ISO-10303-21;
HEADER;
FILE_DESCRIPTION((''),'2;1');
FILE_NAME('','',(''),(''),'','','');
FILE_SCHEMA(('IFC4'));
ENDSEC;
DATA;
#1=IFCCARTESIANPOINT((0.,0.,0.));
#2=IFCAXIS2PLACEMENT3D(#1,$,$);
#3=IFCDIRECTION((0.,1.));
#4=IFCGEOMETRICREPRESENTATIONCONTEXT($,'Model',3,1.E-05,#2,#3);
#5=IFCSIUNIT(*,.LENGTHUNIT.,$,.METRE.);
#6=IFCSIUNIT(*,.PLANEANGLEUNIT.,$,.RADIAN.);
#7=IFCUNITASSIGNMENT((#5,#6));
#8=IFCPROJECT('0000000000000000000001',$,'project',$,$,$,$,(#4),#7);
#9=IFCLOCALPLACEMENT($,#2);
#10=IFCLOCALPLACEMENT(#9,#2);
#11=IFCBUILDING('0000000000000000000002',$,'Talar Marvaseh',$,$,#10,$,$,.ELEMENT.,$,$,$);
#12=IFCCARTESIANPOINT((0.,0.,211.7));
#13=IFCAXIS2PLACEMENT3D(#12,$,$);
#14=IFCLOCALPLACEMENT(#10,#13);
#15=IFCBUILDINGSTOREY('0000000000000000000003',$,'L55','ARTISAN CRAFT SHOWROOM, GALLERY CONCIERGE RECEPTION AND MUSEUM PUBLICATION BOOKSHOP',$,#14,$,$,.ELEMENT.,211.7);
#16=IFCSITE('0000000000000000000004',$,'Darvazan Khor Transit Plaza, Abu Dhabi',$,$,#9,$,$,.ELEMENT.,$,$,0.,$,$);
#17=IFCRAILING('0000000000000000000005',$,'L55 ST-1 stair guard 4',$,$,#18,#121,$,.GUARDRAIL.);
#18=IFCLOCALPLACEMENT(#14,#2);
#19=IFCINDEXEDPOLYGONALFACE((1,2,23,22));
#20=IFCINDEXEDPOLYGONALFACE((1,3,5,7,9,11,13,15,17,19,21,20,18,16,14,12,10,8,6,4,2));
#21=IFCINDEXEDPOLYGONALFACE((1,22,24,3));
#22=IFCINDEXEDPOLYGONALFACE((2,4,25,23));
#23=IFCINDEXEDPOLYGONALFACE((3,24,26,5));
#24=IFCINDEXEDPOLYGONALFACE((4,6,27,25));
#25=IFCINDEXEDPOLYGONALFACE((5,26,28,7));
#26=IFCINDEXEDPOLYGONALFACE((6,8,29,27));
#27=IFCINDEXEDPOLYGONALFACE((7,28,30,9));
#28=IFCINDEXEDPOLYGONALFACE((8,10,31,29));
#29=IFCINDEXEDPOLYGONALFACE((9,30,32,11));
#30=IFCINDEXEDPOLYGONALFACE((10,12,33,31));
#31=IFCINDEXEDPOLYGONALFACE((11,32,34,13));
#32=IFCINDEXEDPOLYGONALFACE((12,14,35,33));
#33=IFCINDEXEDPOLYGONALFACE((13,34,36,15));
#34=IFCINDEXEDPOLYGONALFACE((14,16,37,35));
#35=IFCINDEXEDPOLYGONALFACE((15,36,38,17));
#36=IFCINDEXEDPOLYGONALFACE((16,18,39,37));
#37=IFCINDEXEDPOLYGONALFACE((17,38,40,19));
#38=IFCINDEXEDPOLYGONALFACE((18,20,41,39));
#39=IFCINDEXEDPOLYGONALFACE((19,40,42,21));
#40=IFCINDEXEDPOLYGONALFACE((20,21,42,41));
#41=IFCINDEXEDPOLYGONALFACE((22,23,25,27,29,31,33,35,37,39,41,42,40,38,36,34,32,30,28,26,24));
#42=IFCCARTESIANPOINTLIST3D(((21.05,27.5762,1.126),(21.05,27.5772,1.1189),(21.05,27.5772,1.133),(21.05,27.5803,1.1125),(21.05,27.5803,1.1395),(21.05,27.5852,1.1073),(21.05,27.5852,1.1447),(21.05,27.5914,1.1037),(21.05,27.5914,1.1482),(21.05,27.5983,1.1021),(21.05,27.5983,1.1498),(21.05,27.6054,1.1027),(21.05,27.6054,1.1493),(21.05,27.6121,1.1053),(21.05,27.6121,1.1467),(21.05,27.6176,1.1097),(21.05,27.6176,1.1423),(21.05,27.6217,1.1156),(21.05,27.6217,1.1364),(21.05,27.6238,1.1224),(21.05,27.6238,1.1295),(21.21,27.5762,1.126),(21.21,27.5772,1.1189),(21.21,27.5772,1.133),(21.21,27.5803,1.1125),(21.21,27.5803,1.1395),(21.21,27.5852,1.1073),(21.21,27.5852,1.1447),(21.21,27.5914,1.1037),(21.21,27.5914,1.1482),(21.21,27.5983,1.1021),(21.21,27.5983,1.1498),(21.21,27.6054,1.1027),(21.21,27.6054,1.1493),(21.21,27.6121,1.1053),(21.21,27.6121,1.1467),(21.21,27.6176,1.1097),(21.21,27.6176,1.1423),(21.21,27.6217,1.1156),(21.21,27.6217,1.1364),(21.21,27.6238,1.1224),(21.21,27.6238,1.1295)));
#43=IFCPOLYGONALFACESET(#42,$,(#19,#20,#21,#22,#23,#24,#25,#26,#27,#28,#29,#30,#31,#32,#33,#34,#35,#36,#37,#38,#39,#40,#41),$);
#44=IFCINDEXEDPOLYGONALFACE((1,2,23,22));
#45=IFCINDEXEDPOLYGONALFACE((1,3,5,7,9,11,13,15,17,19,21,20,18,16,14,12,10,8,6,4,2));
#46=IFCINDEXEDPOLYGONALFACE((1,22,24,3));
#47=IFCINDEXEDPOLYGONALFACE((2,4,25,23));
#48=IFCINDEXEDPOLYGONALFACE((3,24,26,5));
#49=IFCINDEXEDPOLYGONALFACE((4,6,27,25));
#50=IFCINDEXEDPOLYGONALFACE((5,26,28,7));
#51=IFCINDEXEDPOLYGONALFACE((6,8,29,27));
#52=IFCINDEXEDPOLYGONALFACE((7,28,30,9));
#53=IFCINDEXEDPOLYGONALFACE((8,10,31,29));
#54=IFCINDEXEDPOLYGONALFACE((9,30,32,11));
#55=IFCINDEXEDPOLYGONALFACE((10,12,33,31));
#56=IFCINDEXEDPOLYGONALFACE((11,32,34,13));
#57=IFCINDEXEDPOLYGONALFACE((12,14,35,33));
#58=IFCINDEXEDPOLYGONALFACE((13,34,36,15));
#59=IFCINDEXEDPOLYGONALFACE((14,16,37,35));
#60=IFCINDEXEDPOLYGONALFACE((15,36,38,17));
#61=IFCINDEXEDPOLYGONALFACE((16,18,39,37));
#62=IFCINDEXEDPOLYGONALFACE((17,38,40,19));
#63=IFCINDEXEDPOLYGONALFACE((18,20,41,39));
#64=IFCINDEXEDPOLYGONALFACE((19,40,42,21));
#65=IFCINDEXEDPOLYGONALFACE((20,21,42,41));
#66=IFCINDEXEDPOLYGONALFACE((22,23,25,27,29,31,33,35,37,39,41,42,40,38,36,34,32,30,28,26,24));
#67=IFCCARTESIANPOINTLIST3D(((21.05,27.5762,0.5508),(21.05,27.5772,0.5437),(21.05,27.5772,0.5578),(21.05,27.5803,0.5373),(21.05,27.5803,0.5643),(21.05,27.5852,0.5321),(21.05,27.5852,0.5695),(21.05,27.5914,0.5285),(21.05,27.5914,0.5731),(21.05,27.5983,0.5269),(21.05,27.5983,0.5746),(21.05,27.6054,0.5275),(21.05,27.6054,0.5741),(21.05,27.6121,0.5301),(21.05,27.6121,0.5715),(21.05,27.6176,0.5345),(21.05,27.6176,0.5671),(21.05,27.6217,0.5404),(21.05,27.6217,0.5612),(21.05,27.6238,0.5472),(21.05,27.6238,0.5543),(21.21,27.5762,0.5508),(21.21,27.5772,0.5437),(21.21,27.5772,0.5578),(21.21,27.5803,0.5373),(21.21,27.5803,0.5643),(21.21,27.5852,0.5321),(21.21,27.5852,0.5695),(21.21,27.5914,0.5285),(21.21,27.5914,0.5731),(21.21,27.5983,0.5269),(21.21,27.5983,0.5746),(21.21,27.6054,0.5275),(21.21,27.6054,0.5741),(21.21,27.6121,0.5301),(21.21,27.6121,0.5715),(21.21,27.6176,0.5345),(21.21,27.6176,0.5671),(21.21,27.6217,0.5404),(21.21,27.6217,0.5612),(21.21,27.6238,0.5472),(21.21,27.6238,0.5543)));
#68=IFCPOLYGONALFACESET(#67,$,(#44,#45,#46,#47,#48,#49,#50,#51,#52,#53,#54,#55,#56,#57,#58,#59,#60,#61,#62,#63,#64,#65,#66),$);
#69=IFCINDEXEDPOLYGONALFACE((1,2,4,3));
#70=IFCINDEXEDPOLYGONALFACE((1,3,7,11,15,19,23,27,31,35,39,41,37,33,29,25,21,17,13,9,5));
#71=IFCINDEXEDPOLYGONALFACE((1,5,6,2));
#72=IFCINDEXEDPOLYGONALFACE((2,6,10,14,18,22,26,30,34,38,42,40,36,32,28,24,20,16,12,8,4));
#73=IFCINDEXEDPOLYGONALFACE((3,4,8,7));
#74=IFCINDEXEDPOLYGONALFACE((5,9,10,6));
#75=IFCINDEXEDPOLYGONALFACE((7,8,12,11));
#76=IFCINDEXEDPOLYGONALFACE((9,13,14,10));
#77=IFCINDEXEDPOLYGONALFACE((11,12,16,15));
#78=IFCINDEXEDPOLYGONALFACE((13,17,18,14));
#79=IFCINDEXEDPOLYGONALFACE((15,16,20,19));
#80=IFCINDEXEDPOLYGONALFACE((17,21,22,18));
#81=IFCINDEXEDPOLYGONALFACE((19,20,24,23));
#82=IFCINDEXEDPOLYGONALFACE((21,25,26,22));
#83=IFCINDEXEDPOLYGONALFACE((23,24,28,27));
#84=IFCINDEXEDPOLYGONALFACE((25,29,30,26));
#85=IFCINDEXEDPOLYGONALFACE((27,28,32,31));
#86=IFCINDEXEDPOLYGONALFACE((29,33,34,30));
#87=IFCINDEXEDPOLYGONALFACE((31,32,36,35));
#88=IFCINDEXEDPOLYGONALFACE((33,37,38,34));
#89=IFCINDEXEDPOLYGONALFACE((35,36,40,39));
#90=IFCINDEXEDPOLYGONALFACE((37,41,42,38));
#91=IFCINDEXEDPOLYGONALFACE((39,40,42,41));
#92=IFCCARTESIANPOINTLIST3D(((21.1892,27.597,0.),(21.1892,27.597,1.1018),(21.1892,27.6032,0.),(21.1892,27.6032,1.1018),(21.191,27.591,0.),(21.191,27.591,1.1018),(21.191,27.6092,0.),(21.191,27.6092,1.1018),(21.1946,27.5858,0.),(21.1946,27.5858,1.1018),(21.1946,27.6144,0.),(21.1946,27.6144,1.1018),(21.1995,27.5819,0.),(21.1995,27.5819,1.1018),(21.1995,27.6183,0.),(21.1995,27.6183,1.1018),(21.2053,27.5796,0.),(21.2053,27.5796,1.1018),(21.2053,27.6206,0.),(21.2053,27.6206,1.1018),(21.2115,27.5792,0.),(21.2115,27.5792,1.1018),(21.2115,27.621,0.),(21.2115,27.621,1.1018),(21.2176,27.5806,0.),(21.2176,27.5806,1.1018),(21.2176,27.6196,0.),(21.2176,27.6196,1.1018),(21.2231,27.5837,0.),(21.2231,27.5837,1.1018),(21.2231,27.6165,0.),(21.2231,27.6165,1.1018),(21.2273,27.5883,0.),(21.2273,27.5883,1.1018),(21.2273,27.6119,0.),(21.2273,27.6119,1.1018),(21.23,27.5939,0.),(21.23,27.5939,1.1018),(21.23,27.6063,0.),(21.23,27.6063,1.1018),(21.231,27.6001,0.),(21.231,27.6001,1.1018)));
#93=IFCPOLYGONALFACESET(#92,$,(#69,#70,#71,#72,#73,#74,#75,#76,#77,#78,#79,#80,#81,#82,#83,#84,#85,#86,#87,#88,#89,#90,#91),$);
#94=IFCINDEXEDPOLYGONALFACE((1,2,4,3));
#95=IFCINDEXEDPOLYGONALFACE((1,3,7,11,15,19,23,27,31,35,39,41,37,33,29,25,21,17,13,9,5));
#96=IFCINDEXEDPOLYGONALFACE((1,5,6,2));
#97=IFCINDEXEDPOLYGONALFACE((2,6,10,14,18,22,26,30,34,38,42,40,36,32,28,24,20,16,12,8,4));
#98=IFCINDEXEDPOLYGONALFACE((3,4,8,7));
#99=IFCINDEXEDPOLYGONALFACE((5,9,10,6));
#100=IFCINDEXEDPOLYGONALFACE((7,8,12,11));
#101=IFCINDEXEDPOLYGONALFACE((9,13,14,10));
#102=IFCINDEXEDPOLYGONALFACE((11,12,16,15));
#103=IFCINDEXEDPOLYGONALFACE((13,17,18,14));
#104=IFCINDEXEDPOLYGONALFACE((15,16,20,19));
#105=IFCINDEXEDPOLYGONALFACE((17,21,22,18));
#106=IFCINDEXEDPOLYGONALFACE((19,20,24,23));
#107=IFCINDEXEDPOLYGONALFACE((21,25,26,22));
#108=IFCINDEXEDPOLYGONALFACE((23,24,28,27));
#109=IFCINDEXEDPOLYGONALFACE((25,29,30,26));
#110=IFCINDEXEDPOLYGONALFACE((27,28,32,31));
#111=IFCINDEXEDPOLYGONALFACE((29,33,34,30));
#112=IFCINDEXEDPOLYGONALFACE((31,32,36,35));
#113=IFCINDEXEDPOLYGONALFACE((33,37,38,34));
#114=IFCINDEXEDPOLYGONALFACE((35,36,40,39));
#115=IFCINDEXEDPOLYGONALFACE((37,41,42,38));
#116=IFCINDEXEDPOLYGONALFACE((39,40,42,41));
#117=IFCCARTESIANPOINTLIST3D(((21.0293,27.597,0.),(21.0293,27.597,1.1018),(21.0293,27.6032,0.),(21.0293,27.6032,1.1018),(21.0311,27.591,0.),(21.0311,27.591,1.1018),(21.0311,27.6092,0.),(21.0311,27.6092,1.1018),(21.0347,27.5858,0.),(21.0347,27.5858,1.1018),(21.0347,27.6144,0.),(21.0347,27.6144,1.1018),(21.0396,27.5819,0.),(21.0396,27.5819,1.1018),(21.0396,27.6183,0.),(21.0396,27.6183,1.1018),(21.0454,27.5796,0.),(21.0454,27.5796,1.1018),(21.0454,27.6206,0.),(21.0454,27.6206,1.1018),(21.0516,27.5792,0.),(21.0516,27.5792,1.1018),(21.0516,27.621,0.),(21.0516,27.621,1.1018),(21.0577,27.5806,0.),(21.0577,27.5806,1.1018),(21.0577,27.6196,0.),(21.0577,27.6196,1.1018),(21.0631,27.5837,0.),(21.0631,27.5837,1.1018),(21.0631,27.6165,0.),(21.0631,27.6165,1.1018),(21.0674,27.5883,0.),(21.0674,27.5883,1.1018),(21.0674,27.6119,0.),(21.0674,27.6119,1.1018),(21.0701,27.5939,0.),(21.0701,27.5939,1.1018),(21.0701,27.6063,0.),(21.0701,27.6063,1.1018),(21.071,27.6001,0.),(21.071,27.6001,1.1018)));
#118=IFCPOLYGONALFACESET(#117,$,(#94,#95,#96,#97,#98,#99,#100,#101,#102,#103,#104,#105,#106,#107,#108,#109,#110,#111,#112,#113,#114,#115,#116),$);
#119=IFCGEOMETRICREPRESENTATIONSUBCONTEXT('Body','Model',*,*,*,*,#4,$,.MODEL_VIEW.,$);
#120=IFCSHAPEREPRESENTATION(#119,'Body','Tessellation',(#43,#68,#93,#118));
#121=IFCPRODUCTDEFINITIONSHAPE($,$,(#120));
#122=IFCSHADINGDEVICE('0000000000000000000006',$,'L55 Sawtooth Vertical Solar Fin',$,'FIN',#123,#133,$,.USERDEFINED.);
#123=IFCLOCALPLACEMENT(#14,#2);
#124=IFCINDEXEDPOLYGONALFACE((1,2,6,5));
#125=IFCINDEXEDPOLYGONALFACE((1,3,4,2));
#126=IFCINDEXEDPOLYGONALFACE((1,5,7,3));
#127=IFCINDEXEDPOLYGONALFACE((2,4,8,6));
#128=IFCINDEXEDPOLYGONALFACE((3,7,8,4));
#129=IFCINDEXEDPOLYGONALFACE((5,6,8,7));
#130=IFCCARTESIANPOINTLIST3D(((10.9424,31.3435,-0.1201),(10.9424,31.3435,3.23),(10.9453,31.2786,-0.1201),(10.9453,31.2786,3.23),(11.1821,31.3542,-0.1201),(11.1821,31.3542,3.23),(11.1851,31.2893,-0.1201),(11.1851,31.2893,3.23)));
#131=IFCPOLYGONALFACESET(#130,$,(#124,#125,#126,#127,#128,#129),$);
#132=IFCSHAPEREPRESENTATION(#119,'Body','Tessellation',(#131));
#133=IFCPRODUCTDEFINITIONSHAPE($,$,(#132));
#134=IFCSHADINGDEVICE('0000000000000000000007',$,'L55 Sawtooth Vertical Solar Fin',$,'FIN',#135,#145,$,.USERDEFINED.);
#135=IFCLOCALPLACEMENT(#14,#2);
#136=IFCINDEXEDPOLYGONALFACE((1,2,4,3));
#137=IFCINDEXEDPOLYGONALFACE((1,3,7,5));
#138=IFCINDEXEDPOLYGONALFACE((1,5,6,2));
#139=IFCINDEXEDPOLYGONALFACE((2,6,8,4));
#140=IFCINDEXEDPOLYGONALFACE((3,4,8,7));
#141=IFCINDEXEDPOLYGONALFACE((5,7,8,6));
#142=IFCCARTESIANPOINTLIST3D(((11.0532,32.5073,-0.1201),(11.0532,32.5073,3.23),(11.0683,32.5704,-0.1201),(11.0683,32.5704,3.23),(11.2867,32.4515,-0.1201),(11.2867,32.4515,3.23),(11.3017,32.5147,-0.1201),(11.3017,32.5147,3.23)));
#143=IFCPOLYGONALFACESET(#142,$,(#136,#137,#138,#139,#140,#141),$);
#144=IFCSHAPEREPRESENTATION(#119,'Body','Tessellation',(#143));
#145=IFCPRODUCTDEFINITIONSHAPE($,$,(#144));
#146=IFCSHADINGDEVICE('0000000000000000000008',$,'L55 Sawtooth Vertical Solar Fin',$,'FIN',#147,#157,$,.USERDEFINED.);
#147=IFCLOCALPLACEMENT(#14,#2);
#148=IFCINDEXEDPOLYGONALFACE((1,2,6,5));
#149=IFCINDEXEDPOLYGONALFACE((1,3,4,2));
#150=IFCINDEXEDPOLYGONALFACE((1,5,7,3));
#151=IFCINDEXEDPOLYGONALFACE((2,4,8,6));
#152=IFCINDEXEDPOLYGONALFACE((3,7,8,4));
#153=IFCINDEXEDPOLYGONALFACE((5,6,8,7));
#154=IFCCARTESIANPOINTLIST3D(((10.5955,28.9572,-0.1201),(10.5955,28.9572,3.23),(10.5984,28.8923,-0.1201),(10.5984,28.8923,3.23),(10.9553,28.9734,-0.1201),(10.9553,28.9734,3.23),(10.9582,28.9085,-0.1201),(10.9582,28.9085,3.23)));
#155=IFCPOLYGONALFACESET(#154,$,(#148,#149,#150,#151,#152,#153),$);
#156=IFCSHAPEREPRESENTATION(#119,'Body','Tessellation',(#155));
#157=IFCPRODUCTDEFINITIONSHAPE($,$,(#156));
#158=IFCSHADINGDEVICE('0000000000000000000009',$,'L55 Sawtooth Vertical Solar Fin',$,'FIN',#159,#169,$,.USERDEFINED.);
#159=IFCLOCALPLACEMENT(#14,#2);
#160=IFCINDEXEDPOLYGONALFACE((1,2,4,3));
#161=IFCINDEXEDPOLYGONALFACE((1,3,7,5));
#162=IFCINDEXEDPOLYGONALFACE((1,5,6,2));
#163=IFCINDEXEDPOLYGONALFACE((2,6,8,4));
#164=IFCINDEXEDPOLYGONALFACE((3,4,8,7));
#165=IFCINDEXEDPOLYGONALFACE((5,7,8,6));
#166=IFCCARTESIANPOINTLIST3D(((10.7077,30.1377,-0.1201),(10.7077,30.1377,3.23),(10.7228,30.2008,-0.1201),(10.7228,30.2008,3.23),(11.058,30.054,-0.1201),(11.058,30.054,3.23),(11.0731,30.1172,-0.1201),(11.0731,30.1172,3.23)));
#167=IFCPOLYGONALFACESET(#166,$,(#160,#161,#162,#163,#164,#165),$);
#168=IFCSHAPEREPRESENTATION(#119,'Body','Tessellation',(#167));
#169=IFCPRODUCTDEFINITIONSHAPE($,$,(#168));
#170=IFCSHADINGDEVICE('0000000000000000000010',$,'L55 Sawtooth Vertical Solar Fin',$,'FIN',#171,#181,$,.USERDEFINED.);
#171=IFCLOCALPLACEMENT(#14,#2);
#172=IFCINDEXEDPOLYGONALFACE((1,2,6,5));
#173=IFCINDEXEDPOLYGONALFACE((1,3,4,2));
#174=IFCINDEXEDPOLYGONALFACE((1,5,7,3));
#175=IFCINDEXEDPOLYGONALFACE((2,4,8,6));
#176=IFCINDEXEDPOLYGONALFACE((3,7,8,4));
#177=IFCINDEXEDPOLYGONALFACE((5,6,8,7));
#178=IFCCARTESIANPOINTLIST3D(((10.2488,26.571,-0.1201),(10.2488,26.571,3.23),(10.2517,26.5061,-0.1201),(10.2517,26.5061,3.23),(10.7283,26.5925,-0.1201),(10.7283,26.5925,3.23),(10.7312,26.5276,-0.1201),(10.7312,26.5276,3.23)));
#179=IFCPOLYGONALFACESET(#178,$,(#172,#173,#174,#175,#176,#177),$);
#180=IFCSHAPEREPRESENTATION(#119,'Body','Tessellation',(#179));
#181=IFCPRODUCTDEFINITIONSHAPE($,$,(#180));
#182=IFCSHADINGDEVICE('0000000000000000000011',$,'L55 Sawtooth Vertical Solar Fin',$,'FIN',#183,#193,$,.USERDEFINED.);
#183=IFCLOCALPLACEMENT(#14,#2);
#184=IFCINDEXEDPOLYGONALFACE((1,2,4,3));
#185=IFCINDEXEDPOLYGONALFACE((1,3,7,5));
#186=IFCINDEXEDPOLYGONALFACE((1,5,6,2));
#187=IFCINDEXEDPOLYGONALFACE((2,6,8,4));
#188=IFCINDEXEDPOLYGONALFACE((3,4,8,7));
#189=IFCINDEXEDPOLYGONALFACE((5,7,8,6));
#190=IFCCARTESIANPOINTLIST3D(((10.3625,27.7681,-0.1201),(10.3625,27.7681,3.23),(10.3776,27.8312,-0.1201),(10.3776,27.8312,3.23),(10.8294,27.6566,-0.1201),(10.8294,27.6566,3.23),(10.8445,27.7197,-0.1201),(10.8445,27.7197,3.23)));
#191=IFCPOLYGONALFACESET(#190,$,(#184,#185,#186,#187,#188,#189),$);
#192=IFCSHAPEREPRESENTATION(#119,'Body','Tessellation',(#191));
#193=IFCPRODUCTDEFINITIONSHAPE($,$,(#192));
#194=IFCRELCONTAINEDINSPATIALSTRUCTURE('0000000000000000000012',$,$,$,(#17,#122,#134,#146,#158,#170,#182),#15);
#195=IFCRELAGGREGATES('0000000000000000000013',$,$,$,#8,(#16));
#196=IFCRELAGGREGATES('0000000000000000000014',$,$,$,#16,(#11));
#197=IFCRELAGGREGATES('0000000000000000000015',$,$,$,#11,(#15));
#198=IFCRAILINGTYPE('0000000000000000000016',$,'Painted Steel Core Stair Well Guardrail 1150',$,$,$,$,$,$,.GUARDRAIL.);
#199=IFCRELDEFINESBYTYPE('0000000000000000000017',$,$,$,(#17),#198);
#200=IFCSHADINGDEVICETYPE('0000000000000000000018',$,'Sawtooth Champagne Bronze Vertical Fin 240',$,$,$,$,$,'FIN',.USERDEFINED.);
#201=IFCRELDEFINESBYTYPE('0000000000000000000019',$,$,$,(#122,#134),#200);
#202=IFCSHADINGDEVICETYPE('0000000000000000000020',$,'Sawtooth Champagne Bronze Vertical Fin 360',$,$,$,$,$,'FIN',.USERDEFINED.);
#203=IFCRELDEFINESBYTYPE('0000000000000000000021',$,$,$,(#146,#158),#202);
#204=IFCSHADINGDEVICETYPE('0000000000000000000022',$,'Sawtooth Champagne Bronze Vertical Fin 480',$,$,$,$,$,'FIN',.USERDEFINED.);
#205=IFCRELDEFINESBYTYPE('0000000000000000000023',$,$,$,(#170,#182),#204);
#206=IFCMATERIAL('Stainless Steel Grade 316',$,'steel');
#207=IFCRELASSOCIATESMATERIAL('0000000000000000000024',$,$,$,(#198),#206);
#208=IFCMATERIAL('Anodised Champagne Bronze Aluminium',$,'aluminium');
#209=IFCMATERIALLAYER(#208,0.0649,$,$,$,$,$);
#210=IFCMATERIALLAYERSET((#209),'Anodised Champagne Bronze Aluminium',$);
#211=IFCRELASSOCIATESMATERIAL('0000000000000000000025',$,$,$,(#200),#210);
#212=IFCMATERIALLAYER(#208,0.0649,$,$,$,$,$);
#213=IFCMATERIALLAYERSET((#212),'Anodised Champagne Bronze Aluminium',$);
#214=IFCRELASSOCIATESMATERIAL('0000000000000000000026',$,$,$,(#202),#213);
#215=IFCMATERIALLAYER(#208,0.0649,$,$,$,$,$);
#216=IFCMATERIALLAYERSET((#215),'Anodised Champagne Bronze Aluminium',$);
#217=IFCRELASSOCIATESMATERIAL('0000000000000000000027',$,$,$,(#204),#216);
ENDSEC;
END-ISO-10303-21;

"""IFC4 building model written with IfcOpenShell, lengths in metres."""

from ifc_helpers import new_model, si_unit, direction, frame, origin, origin_2d, place, context, subcontext, project, spatial, rectangle, circle, extrude, source, transform, mapped, material, layer, layer_set, type_object, type_shapes, element, save


model = new_model("IFC4")

# Units and contexts
model_context = context("Model", 3, precision=1e-05, world=origin(), true_north=direction((0.0, 1.0)))
body_context = subcontext(model_context, "Body", "Model", "MODEL_VIEW")
ifc_project = project(units=[si_unit("LENGTHUNIT", "METRE"), si_unit("PLANEANGLEUNIT", "RADIAN")], contexts=[model_context])

# Site, building, storey
site_placement = place(None, origin())
site = spatial("IfcSite", under=ifc_project, at=site_placement, Name="Darvazan Khor Transit Plaza, Abu Dhabi", CompositionType="ELEMENT", RefElevation=0.0)
building_placement = place(site_placement, origin())
building = spatial("IfcBuilding", under=site, at=building_placement, Name="Talar Marvaseh", CompositionType="ELEMENT")
storey_placement = place(building_placement, frame((0.0, 0.0, 211.7)))
storey = spatial("IfcBuildingStorey", under=building, at=storey_placement, Name="L55", Description="ARTISAN CRAFT SHOWROOM, GALLERY CONCIERGE RECEPTION AND MUSEUM PUBLICATION BOOKSHOP", CompositionType="ELEMENT", Elevation=211.7)

# Railing
ifc_material_1 = material(Name="Stainless Steel Grade 316", Category="steel")
railing_type_1 = type_object("IfcRailingType", Name="Painted Steel Core Stair Well Guardrail 1150", PredefinedType="GUARDRAIL", material=ifc_material_1)
railing_1_placement = place(storey_placement, frame((21.21, 27.6001, 0.0)))
element("IfcRailing", 1, at=railing_1_placement, inside=storey, type_object=railing_type_1, Name="L55 ST-1 stair guard 4", PredefinedType="GUARDRAIL", context=body_context, shape_type="SweptSolid", body=[
    extrude(circle(Radius=0.0239, at=origin_2d()), frame((0.0, 0.0, 1.126), z_axis=(-1.0, 0.0, 0.0), x_axis=(0.0, -1.0, 0.0)), (0.0, 0.0, 1.0), 0.1599),
    extrude(circle(Radius=0.0239, at=origin_2d()), frame((0.0, 0.0, 0.5508), z_axis=(-1.0, 0.0, 0.0), x_axis=(0.0, -1.0, 0.0)), (0.0, 0.0, 1.0), 0.1599),
    extrude(circle(Radius=0.021, at=origin_2d()), origin(), (0.0, 0.0, 1.0), 1.1018),
    extrude(circle(Radius=0.021, at=origin_2d()), frame((-0.1599, 0.0, 0.0)), (0.0, 0.0, 1.0), 1.1018),
])

# Shading devices
ifc_material_2 = material(Name="Anodised Champagne Bronze Aluminium", Category="aluminium")
ifc_layer_1 = layer(ifc_material_2, 0.0649)
ifc_layer_set_1 = layer_set([ifc_layer_1], Name="Anodised Champagne Bronze Aluminium")
shading_device_type_1 = type_object("IfcShadingDeviceType", Name="Sawtooth Champagne Bronze Vertical Fin 240", ElementType="FIN", PredefinedType="USERDEFINED", material=ifc_layer_set_1)
shared_shape_1 = source(origin(), body_context, "Body", "SweptSolid", [
    extrude(rectangle(XDim=0.24, YDim=0.0649, at=origin_2d()), origin(), (0.0, 0.0, 1.0), 3.3501),
])
type_shapes(shading_device_type_1, [shared_shape_1])
for number, where, z_axis, x_axis, name in (
    (2, (11.0637, 31.3164, -0.1201), (0.0, 0.0, 1.0), (-0.998994, -0.04484, 0.0), "L55 Sawtooth Vertical Solar Fin"),
    (3, (11.1775, 32.511, -0.1201), (0.0, 0.0, 1.0), (-0.972654, 0.232257, 0.0), "L55 Sawtooth Vertical Solar Fin"),
):
    element("IfcShadingDevice", number, at=place(storey_placement, frame(where, z_axis=z_axis, x_axis=x_axis)), inside=storey, type_object=shading_device_type_1, Name=name, ObjectType="FIN", PredefinedType="USERDEFINED", context=body_context, shape_type="MappedRepresentation", body=[
        mapped(shared_shape_1, transform((0.0, 0.0, 0.0), x_axis=(1.0, 0.0, 0.0), y_axis=(0.0, 1.0, 0.0), z_axis=(0.0, 0.0, 1.0), scale=1.0)),
    ])
ifc_layer_2 = layer(ifc_material_2, 0.0649)
ifc_layer_set_2 = layer_set([ifc_layer_2], Name="Anodised Champagne Bronze Aluminium")
shading_device_type_2 = type_object("IfcShadingDeviceType", Name="Sawtooth Champagne Bronze Vertical Fin 360", ElementType="FIN", PredefinedType="USERDEFINED", material=ifc_layer_set_2)
shared_shape_2 = source(origin(), body_context, "Body", "SweptSolid", [
    extrude(rectangle(XDim=0.3601, YDim=0.0649, at=origin_2d()), origin(), (0.0, 0.0, 1.0), 3.3501),
])
type_shapes(shading_device_type_2, [shared_shape_2])
for number, where, z_axis, x_axis, name in (
    (4, (10.7769, 28.9329, -0.1201), (0.0, 0.0, 1.0), (-0.998994, -0.04484, 0.0), "L55 Sawtooth Vertical Solar Fin"),
    (5, (10.8904, 30.1274, -0.1201), (0.0, 0.0, 1.0), (-0.972654, 0.232257, 0.0), "L55 Sawtooth Vertical Solar Fin"),
):
    element("IfcShadingDevice", number, at=place(storey_placement, frame(where, z_axis=z_axis, x_axis=x_axis)), inside=storey, type_object=shading_device_type_2, Name=name, ObjectType="FIN", PredefinedType="USERDEFINED", context=body_context, shape_type="MappedRepresentation", body=[
        mapped(shared_shape_2, transform((0.0, 0.0, 0.0), x_axis=(1.0, 0.0, 0.0), y_axis=(0.0, 1.0, 0.0), z_axis=(0.0, 0.0, 1.0), scale=1.0)),
    ])
ifc_layer_3 = layer(ifc_material_2, 0.0649)
ifc_layer_set_3 = layer_set([ifc_layer_3], Name="Anodised Champagne Bronze Aluminium")
shading_device_type_3 = type_object("IfcShadingDeviceType", Name="Sawtooth Champagne Bronze Vertical Fin 480", ElementType="FIN", PredefinedType="USERDEFINED", material=ifc_layer_set_3)
shared_shape_3 = source(origin(), body_context, "Body", "SweptSolid", [
    extrude(rectangle(XDim=0.48, YDim=0.0649, at=origin_2d()), origin(), (0.0, 0.0, 1.0), 3.3501),
])
type_shapes(shading_device_type_3, [shared_shape_3])
for number, where, z_axis, x_axis, name in (
    (6, (10.49, 26.5493, -0.1201), (0.0, 0.0, 1.0), (-0.998994, -0.04484, 0.0), "L55 Sawtooth Vertical Solar Fin"),
    (7, (10.6035, 27.7439, -0.1201), (0.0, 0.0, 1.0), (-0.972654, 0.232257, 0.0), "L55 Sawtooth Vertical Solar Fin"),
):
    element("IfcShadingDevice", number, at=place(storey_placement, frame(where, z_axis=z_axis, x_axis=x_axis)), inside=storey, type_object=shading_device_type_3, Name=name, ObjectType="FIN", PredefinedType="USERDEFINED", context=body_context, shape_type="MappedRepresentation", body=[
        mapped(shared_shape_3, transform((0.0, 0.0, 0.0), x_axis=(1.0, 0.0, 0.0), y_axis=(0.0, 1.0, 0.0), z_axis=(0.0, 0.0, 1.0), scale=1.0)),
    ])

save(model, "model.ifc")
